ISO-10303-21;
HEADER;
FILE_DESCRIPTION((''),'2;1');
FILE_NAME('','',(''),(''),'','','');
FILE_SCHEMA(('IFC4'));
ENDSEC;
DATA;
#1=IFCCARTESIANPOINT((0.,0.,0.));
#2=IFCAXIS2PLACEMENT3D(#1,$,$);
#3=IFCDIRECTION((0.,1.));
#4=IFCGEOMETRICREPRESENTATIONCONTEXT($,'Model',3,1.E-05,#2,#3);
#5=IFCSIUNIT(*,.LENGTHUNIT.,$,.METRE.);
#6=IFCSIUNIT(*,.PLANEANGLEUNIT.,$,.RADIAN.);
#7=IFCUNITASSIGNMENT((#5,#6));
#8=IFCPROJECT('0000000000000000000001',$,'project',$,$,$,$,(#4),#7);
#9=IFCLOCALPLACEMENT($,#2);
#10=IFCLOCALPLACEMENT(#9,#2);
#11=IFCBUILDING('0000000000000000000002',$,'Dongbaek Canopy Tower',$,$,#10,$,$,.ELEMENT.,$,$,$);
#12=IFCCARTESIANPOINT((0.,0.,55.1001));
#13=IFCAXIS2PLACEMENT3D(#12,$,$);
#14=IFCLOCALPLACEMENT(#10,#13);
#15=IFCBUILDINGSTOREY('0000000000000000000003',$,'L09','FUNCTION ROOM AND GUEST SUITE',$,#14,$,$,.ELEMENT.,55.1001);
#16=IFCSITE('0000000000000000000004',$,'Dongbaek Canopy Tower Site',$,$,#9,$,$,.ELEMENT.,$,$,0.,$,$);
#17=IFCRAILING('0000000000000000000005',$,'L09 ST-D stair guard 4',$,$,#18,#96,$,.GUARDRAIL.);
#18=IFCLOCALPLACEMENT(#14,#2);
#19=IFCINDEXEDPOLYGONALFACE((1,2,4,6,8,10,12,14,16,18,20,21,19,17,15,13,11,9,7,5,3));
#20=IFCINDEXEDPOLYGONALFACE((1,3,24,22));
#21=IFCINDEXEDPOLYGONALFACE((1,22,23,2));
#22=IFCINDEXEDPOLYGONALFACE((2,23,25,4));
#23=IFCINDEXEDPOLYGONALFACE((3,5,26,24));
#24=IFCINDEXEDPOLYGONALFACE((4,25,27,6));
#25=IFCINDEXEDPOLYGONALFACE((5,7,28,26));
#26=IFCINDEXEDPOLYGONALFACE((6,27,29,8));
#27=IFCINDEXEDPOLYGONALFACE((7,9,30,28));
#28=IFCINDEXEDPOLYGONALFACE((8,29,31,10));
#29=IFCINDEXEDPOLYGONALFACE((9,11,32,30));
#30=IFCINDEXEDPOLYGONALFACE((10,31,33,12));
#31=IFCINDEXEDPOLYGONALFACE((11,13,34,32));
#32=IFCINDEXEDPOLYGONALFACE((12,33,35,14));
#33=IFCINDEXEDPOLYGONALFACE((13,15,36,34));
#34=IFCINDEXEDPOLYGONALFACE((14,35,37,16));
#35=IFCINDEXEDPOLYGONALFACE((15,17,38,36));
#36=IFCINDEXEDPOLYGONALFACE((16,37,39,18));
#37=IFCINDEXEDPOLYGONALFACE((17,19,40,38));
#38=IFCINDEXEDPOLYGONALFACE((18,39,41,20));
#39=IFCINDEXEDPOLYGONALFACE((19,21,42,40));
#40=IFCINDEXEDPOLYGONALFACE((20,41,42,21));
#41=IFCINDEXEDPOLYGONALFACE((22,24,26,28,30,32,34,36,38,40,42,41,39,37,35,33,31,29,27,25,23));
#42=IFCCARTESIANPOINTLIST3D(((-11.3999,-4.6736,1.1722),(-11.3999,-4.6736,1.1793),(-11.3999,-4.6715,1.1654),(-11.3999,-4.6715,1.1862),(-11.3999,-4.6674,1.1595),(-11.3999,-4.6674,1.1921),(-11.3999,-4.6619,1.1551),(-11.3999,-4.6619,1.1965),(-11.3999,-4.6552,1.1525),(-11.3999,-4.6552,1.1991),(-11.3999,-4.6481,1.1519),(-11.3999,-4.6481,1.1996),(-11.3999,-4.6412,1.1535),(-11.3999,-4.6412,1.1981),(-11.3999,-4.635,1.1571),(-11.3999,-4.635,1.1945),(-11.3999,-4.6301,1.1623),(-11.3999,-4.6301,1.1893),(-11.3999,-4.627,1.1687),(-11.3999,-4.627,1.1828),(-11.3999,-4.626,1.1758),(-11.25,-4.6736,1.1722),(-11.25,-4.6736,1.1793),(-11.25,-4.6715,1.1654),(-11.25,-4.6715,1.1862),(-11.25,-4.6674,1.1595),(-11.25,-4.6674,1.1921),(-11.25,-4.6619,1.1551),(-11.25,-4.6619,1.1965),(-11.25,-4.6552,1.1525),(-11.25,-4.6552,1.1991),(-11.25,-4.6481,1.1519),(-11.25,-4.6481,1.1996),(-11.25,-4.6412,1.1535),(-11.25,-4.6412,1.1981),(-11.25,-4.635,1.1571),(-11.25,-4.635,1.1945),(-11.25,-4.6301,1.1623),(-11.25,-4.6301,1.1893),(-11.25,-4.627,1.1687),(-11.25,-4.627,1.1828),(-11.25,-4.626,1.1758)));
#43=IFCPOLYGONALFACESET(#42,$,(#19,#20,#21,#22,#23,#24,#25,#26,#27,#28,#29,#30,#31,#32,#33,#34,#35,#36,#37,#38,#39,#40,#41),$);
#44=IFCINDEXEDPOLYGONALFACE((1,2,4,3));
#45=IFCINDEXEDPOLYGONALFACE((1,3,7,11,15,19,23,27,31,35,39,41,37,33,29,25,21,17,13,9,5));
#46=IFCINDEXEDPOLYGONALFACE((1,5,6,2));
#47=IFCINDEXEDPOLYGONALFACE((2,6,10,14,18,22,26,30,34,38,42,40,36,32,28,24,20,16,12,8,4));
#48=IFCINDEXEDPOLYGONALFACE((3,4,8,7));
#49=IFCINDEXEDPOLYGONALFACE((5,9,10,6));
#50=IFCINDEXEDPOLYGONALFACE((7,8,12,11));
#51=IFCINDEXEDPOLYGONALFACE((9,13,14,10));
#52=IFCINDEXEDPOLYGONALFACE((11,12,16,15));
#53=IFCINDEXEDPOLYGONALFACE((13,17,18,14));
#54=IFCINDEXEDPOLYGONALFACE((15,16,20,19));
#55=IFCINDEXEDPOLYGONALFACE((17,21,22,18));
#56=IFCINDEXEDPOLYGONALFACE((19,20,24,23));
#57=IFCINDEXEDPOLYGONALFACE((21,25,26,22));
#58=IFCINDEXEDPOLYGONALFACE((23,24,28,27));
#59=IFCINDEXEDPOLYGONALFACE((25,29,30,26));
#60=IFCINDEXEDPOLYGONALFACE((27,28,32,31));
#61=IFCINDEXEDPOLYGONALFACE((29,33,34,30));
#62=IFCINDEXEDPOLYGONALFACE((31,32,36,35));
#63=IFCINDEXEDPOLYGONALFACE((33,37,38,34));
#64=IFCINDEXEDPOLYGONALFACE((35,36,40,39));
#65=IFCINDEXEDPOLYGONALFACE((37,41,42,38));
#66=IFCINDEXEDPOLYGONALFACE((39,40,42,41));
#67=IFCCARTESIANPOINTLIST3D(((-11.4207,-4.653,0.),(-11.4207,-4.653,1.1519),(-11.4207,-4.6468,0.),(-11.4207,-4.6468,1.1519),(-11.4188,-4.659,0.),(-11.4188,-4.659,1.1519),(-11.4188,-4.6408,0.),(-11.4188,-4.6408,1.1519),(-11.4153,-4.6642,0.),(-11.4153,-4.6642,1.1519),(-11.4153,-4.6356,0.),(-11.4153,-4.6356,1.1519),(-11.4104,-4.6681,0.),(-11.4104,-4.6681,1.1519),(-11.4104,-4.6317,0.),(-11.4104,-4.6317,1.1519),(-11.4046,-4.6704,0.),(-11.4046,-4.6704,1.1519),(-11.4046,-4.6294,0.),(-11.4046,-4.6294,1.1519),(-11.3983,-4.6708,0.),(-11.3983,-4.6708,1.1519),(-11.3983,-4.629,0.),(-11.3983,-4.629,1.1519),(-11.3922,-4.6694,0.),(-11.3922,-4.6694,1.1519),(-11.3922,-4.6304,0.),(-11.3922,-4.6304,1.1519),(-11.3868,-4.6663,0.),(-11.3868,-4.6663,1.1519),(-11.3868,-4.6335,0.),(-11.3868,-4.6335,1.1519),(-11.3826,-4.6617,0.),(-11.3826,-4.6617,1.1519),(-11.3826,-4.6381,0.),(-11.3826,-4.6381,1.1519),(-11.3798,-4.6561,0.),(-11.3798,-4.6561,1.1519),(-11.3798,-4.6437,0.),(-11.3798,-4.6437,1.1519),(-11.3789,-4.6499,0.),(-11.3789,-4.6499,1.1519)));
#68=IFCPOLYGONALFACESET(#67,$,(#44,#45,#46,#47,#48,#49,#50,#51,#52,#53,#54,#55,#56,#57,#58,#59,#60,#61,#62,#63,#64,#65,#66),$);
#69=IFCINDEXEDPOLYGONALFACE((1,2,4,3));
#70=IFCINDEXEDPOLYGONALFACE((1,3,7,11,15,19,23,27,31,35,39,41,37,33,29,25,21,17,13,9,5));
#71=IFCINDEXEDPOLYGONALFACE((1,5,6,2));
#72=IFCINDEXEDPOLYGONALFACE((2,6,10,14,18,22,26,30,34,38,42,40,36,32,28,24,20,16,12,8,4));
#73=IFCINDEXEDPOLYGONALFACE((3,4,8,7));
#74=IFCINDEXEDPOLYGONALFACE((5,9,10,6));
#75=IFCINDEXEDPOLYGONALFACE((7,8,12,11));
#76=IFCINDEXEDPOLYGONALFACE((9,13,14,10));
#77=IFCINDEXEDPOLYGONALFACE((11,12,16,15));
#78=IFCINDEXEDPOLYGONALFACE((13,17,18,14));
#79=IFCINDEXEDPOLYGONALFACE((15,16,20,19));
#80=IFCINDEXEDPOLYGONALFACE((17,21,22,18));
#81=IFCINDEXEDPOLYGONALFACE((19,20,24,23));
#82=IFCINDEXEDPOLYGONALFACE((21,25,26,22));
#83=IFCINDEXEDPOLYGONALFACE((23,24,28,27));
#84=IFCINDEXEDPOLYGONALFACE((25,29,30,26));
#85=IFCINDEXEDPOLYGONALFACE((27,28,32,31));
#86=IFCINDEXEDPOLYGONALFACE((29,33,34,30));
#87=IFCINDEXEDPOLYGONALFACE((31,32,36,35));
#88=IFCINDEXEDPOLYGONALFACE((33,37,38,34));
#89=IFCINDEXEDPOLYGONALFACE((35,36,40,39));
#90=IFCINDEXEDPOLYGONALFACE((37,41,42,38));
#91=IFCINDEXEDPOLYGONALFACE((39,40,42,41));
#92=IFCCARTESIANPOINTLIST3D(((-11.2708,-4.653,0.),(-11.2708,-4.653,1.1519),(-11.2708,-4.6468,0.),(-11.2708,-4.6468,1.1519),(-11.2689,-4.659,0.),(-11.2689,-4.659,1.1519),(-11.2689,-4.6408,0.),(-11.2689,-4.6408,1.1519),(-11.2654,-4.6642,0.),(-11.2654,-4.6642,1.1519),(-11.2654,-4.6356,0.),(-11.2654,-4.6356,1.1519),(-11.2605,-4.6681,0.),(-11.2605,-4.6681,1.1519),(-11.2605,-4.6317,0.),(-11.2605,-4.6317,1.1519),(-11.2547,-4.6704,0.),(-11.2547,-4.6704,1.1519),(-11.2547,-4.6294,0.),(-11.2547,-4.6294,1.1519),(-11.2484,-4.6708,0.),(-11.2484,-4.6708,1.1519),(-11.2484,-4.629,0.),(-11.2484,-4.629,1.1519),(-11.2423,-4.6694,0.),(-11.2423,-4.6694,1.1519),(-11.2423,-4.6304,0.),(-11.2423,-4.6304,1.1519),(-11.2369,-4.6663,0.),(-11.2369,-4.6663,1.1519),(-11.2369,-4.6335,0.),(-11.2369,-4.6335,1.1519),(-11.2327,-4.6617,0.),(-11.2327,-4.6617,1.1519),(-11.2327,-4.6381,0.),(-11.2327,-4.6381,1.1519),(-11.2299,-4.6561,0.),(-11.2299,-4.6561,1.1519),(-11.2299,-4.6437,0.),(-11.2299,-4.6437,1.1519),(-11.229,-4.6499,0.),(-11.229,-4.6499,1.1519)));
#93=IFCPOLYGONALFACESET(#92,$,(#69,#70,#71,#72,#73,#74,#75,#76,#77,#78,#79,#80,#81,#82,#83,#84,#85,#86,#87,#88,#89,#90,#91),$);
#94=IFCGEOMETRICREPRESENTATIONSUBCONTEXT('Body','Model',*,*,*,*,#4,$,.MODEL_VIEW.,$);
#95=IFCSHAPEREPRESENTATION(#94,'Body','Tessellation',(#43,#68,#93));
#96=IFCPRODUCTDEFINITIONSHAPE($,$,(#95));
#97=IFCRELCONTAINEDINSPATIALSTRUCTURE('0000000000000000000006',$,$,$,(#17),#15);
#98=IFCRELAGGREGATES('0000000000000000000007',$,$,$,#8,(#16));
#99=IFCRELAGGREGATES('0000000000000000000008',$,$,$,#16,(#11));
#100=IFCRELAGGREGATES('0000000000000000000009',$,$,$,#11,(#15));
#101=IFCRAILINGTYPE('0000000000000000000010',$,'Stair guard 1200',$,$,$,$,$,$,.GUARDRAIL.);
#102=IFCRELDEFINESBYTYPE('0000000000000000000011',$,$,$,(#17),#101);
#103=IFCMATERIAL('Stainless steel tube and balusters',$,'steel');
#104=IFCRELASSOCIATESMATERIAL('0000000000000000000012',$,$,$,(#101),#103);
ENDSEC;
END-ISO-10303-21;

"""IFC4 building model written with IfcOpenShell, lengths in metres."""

from ifc_helpers import new_model, si_unit, direction, frame, origin, origin_2d, place, context, subcontext, project, spatial, circle, extrude, material, type_object, element, save


model = new_model("IFC4")

# Units and contexts
model_context = context("Model", 3, precision=1e-05, world=origin(), true_north=direction((0.0, 1.0)))
body_context = subcontext(model_context, "Body", "Model", "MODEL_VIEW")
ifc_project = project(units=[si_unit("LENGTHUNIT", "METRE"), si_unit("PLANEANGLEUNIT", "RADIAN")], contexts=[model_context])

# Site, building, storey
site_placement = place(None, origin())
site = spatial("IfcSite", under=ifc_project, at=site_placement, Name="Dongbaek Canopy Tower Site", CompositionType="ELEMENT", RefElevation=0.0)
building_placement = place(site_placement, origin())
building = spatial("IfcBuilding", under=site, at=building_placement, Name="Dongbaek Canopy Tower", CompositionType="ELEMENT")
storey_placement = place(building_placement, frame((0.0, 0.0, 55.1001)))
storey = spatial("IfcBuildingStorey", under=building, at=storey_placement, Name="L09", Description="FUNCTION ROOM AND GUEST SUITE", CompositionType="ELEMENT", Elevation=55.1001)

# Railing
ifc_material_1 = material(Name="Stainless steel tube and balusters", Category="steel")
railing_type_1 = type_object("IfcRailingType", Name="Stair guard 1200", PredefinedType="GUARDRAIL", material=ifc_material_1)
railing_1_placement = place(storey_placement, frame((-11.3999, -4.6499, 0.0)))
element("IfcRailing", 1, at=railing_1_placement, inside=storey, type_object=railing_type_1, Name="L09 ST-D stair guard 4", PredefinedType="GUARDRAIL", context=body_context, shape_type="SweptSolid", body=[
    extrude(circle(Radius=0.0239, at=origin_2d()), frame((0.0, 0.0, 1.1758), z_axis=(1.0, 0.0, 0.0), x_axis=(0.0, 1.0, 0.0)), (0.0, 0.0, 1.0), 0.1499),
    extrude(circle(Radius=0.021, at=origin_2d()), origin(), (0.0, 0.0, 1.0), 1.1519),
    extrude(circle(Radius=0.021, at=origin_2d()), frame((0.1499, 0.0, 0.0)), (0.0, 0.0, 1.0), 1.1519),
])

save(model, "model.ifc")
